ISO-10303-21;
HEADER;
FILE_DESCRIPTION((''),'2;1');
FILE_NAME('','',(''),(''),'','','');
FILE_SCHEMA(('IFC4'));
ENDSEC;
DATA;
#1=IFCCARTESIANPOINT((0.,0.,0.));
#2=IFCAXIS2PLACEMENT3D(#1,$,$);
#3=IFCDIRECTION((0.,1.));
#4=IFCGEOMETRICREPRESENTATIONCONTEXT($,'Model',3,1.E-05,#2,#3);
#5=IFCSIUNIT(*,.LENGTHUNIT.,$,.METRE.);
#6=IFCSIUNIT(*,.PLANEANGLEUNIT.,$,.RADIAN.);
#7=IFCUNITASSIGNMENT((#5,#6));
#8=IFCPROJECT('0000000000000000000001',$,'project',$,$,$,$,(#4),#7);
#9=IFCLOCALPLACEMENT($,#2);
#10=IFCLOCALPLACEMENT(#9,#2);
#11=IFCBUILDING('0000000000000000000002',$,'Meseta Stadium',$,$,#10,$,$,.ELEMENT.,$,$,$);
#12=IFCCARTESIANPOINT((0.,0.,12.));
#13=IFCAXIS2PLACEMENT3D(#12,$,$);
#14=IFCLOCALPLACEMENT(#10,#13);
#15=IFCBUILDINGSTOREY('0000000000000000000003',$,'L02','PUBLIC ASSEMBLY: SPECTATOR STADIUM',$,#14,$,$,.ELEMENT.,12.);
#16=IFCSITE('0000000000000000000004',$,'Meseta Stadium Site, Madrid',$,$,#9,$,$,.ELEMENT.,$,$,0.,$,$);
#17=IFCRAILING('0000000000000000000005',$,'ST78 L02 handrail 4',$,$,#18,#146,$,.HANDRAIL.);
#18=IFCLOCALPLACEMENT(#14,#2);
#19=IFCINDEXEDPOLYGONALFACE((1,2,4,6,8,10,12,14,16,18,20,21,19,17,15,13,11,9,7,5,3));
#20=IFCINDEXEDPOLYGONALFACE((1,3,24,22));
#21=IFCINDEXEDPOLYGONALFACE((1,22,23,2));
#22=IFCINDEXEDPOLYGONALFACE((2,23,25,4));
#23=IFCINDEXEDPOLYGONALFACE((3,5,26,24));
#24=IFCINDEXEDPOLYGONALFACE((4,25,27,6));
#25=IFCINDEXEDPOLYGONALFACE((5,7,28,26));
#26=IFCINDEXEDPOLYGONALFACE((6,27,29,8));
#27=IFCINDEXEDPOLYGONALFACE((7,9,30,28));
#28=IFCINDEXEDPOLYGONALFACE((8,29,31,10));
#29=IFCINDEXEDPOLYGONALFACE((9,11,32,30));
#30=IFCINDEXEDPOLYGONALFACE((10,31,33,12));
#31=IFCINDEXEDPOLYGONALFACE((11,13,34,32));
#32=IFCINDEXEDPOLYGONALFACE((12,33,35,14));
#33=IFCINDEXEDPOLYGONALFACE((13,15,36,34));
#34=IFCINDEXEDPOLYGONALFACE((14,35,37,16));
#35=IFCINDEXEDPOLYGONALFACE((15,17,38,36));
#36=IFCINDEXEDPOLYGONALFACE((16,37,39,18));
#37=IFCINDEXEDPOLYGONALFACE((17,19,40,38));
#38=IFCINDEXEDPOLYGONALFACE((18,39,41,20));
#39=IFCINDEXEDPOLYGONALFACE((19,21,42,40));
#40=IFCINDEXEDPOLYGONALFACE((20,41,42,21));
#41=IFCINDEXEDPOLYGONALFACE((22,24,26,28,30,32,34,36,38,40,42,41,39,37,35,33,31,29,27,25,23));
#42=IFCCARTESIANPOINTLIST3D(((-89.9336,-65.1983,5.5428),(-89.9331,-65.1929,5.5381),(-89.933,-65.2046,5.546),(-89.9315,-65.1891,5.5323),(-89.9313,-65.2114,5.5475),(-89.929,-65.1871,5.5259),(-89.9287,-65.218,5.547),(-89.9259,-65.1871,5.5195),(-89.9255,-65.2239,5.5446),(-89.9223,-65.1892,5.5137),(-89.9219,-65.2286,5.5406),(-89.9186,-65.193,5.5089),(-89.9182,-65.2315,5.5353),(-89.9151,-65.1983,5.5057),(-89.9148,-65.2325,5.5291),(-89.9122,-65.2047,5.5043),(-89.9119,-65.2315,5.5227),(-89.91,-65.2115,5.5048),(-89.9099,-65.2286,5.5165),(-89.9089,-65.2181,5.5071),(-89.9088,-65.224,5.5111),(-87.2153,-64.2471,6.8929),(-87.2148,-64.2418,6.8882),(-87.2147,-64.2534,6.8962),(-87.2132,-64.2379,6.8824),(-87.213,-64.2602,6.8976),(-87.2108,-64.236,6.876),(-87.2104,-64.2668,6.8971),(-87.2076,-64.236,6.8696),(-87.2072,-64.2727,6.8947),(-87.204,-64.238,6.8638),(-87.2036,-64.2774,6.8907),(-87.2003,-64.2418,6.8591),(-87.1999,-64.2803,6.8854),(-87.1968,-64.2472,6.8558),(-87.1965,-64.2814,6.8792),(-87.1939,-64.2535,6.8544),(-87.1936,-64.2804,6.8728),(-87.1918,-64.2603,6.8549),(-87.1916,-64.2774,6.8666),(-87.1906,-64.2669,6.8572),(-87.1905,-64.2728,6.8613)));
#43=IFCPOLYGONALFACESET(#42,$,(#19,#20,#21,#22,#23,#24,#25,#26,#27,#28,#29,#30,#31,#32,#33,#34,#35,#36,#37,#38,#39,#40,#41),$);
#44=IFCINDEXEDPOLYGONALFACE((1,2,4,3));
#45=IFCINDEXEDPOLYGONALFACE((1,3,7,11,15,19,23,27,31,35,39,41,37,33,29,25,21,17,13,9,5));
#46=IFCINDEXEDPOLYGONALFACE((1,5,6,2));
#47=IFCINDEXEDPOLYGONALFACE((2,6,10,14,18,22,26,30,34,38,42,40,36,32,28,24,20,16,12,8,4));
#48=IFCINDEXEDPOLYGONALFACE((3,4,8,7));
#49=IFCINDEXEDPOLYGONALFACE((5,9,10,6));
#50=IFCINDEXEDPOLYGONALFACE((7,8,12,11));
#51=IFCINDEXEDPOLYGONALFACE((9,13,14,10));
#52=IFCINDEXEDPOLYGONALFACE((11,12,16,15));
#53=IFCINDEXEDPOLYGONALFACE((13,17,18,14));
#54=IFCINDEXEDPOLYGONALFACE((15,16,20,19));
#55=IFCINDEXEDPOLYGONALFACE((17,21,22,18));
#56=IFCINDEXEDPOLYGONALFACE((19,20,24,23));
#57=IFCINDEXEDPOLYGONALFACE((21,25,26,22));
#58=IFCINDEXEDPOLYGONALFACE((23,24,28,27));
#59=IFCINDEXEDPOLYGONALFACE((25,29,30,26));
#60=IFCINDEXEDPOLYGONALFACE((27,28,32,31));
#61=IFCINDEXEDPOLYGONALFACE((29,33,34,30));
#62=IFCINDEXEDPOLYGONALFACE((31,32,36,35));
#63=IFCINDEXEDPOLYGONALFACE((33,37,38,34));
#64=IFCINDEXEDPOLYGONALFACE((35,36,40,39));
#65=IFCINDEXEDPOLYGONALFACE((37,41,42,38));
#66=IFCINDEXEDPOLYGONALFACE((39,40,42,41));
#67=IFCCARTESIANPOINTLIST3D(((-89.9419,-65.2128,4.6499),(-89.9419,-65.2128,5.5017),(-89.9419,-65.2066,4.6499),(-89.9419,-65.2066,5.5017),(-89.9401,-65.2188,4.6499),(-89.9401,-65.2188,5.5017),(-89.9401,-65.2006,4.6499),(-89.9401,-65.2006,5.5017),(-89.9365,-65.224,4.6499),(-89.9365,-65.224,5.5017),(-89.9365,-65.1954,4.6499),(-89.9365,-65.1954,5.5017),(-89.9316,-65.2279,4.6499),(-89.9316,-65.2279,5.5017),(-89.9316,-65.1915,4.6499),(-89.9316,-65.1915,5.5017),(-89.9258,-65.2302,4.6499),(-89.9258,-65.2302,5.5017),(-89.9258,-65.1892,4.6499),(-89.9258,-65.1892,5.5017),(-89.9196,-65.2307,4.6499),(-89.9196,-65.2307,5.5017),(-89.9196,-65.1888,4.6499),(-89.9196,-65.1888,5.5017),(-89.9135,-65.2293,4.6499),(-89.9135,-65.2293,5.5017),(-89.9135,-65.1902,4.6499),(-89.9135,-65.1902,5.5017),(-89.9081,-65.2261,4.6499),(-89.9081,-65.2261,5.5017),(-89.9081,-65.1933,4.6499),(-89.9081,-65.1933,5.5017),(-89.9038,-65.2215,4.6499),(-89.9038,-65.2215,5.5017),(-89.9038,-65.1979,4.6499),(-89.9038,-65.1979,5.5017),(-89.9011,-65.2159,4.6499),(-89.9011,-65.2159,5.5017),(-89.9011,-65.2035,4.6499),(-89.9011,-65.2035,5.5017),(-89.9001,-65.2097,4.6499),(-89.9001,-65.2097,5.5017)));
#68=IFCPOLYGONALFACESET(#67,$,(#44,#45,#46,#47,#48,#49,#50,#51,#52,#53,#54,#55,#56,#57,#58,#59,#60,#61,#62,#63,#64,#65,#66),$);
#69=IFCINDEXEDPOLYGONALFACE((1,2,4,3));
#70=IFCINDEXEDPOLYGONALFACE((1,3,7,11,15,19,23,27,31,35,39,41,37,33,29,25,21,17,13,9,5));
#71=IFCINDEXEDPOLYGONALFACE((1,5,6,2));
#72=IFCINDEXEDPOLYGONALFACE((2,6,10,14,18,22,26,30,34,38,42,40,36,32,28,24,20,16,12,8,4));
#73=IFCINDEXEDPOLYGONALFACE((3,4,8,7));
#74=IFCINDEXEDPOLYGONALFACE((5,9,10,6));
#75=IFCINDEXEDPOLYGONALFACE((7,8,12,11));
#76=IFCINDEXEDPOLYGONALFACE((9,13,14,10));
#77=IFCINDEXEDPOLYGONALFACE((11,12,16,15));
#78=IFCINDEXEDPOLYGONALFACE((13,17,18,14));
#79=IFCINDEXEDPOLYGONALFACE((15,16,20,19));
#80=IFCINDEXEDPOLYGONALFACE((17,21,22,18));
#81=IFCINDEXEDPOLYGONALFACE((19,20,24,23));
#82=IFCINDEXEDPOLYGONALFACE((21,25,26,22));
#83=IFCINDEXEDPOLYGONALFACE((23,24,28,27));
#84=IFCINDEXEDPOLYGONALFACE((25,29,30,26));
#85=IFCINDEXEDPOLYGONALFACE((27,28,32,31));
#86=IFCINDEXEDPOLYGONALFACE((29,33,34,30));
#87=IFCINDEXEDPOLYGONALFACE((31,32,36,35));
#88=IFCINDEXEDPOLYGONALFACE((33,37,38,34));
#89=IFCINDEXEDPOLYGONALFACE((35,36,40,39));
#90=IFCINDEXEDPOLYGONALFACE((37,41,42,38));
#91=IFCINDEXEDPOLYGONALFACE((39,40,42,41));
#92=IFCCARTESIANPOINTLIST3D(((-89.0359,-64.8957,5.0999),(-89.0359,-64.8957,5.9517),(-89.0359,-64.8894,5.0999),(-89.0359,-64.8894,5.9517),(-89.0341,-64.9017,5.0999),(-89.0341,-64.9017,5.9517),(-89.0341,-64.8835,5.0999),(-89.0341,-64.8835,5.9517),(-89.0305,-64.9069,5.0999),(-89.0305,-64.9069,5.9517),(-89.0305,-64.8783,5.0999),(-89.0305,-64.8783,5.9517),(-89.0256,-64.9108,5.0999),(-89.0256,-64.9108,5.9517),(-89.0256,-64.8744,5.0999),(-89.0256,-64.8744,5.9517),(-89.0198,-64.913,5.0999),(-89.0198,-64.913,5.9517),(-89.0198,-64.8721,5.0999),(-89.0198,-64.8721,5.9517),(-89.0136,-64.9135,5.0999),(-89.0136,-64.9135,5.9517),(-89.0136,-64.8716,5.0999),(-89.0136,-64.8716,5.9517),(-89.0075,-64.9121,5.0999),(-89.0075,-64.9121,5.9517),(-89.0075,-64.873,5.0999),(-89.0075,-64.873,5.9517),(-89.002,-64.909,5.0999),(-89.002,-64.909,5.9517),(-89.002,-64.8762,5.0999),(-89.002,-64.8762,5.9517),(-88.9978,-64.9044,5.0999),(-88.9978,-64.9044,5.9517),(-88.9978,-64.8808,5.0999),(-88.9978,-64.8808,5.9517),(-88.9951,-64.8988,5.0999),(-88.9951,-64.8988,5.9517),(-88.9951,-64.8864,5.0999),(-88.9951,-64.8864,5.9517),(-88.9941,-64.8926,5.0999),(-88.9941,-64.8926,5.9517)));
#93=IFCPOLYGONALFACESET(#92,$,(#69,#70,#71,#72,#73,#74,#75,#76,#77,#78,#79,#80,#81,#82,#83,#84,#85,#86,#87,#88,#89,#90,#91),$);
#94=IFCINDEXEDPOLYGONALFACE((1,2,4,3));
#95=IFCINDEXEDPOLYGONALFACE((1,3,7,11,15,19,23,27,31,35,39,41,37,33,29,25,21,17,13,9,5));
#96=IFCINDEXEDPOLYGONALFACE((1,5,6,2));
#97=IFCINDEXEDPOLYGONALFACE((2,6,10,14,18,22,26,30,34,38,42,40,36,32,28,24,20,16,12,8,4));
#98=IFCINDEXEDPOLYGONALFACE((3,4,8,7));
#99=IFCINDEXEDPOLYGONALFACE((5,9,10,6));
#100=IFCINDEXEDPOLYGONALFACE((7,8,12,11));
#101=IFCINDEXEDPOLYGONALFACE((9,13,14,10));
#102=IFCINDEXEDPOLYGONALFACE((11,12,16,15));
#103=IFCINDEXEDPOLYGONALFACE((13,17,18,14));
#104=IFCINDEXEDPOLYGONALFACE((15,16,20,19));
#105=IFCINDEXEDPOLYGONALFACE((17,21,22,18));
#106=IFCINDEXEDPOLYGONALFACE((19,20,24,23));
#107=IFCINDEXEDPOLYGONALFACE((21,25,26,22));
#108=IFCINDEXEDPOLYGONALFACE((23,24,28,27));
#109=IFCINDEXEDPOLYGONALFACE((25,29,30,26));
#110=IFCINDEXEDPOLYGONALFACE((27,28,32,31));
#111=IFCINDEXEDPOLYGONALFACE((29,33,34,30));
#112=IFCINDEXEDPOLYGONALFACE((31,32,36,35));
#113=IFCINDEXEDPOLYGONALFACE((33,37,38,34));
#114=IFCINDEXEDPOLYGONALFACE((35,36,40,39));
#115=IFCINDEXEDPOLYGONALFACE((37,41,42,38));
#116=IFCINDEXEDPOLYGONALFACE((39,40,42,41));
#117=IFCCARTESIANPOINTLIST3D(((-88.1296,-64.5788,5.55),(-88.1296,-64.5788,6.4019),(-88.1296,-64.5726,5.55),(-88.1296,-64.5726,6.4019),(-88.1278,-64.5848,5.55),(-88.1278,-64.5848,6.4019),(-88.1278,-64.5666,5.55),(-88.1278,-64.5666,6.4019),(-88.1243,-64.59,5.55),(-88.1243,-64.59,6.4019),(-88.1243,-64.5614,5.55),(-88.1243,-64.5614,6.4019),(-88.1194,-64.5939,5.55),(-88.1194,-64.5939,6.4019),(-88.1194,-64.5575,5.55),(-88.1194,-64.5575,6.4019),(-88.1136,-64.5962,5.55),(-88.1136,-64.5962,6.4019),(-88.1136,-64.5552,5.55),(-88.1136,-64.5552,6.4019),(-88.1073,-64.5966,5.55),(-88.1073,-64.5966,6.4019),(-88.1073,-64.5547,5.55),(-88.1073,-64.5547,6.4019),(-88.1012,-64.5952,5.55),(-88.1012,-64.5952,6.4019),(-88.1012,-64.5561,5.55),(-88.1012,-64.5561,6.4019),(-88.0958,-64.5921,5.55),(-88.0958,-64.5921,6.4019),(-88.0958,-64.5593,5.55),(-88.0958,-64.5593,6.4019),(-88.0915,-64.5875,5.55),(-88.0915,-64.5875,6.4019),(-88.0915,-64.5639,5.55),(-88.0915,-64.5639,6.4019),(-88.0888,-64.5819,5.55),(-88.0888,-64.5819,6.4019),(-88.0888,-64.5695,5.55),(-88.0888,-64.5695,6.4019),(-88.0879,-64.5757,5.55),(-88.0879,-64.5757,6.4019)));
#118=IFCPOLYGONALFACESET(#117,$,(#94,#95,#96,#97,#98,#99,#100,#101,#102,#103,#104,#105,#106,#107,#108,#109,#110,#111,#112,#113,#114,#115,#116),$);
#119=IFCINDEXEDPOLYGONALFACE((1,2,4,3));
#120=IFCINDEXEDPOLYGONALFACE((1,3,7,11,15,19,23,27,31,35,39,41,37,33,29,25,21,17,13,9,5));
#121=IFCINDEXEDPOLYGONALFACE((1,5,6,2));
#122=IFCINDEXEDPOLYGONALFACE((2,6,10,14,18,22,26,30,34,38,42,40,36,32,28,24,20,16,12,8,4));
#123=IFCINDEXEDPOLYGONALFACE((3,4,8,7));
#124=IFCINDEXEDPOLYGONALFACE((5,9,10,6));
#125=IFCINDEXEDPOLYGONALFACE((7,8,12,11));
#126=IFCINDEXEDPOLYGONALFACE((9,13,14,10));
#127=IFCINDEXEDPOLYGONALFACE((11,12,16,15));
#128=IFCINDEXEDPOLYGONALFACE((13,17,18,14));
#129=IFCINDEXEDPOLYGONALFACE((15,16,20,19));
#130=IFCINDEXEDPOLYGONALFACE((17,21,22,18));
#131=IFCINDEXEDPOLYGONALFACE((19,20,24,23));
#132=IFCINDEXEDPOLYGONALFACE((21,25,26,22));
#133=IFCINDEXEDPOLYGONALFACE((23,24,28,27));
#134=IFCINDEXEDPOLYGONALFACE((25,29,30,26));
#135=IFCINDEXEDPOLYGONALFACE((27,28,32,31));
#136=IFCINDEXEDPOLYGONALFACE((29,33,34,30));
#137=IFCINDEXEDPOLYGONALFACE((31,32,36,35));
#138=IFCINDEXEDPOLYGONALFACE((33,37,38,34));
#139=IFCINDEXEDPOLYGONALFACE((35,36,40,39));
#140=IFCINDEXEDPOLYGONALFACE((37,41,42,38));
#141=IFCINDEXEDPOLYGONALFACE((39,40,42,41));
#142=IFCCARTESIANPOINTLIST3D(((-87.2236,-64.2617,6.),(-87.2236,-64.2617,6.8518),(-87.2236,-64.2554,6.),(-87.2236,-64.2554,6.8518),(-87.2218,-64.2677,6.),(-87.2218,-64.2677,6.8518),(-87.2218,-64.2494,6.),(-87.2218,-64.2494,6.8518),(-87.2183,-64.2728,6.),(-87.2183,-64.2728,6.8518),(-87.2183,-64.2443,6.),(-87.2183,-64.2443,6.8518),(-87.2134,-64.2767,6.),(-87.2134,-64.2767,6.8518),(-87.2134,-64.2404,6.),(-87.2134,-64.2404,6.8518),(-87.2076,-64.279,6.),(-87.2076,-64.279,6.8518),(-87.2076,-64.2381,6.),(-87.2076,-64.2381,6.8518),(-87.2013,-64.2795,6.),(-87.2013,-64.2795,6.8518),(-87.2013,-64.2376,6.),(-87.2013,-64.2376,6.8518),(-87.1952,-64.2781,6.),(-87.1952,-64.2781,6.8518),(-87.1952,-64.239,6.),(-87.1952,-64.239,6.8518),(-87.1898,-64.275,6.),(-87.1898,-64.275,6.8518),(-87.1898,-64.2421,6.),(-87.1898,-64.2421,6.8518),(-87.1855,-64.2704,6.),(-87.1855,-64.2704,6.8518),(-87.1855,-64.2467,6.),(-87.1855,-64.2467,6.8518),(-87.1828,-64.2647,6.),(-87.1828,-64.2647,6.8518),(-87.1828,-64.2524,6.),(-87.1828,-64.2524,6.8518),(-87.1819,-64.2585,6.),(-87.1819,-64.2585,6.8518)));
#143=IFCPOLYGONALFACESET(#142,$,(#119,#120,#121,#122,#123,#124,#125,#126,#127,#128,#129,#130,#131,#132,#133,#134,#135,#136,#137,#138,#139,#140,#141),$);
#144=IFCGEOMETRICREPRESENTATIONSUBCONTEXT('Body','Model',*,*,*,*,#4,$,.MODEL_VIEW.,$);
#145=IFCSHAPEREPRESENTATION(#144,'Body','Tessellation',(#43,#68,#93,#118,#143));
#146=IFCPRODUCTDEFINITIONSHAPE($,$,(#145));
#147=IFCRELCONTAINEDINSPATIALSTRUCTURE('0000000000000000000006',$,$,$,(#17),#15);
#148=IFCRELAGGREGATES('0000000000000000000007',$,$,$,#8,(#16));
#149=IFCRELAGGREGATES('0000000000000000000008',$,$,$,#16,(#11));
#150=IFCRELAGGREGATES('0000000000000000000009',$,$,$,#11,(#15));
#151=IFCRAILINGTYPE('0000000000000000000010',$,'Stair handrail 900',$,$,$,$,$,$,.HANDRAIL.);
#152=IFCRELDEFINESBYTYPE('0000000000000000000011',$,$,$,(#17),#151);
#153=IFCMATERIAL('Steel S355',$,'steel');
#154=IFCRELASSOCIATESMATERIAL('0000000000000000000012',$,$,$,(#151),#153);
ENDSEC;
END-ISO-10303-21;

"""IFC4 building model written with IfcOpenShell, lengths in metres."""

from ifc_helpers import new_model, si_unit, direction, frame, origin, origin_2d, place, context, subcontext, project, spatial, circle, extrude, material, type_object, element, save


model = new_model("IFC4")

# Units and contexts
model_context = context("Model", 3, precision=1e-05, world=origin(), true_north=direction((0.0, 1.0)))
body_context = subcontext(model_context, "Body", "Model", "MODEL_VIEW")
ifc_project = project(units=[si_unit("LENGTHUNIT", "METRE"), si_unit("PLANEANGLEUNIT", "RADIAN")], contexts=[model_context])

# Site, building, storey
site_placement = place(None, origin())
site = spatial("IfcSite", under=ifc_project, at=site_placement, Name="Meseta Stadium Site, Madrid", CompositionType="ELEMENT", RefElevation=0.0)
building_placement = place(site_placement, origin())
building = spatial("IfcBuilding", under=site, at=building_placement, Name="Meseta Stadium", CompositionType="ELEMENT")
storey_placement = place(building_placement, frame((0.0, 0.0, 12.0)))
storey = spatial("IfcBuildingStorey", under=building, at=storey_placement, Name="L02", Description="PUBLIC ASSEMBLY: SPECTATOR STADIUM", CompositionType="ELEMENT", Elevation=12.0)

# Railing
ifc_material_1 = material(Name="Steel S355", Category="steel")
railing_type_1 = type_object("IfcRailingType", Name="Stair handrail 900", PredefinedType="HANDRAIL", material=ifc_material_1)
for number, where, name in (
    (1, (-89.9211, -65.2097, 4.6499), "ST78 L02 handrail 4"),
):
    element("IfcRailing", number, at=place(storey_placement, frame(where)), inside=storey, type_object=railing_type_1, Name=name, PredefinedType="HANDRAIL", context=body_context, shape_type="SweptSolid", body=[
        extrude(circle(Radius=0.0239, at=origin_2d()), frame((0.0, 0.0, 0.876), z_axis=(0.854629, 0.299051, 0.424474), x_axis=(-0.330282, 0.943882, 0.0)), (0.0, 0.0, 1.0), 3.1807),
        extrude(circle(Radius=0.021, at=origin_2d()), origin(), (0.0, 0.0, 1.0), 0.8518),
        extrude(circle(Radius=0.021, at=origin_2d()), frame((0.906, 0.3171, 0.45)), (0.0, 0.0, 1.0), 0.8518),
        extrude(circle(Radius=0.021, at=origin_2d()), frame((1.8123, 0.634, 0.9001)), (0.0, 0.0, 1.0), 0.8518),
        extrude(circle(Radius=0.021, at=origin_2d()), frame((2.7183, 0.9512, 1.3501)), (0.0, 0.0, 1.0), 0.8518),
    ])

save(model, "model.ifc")
